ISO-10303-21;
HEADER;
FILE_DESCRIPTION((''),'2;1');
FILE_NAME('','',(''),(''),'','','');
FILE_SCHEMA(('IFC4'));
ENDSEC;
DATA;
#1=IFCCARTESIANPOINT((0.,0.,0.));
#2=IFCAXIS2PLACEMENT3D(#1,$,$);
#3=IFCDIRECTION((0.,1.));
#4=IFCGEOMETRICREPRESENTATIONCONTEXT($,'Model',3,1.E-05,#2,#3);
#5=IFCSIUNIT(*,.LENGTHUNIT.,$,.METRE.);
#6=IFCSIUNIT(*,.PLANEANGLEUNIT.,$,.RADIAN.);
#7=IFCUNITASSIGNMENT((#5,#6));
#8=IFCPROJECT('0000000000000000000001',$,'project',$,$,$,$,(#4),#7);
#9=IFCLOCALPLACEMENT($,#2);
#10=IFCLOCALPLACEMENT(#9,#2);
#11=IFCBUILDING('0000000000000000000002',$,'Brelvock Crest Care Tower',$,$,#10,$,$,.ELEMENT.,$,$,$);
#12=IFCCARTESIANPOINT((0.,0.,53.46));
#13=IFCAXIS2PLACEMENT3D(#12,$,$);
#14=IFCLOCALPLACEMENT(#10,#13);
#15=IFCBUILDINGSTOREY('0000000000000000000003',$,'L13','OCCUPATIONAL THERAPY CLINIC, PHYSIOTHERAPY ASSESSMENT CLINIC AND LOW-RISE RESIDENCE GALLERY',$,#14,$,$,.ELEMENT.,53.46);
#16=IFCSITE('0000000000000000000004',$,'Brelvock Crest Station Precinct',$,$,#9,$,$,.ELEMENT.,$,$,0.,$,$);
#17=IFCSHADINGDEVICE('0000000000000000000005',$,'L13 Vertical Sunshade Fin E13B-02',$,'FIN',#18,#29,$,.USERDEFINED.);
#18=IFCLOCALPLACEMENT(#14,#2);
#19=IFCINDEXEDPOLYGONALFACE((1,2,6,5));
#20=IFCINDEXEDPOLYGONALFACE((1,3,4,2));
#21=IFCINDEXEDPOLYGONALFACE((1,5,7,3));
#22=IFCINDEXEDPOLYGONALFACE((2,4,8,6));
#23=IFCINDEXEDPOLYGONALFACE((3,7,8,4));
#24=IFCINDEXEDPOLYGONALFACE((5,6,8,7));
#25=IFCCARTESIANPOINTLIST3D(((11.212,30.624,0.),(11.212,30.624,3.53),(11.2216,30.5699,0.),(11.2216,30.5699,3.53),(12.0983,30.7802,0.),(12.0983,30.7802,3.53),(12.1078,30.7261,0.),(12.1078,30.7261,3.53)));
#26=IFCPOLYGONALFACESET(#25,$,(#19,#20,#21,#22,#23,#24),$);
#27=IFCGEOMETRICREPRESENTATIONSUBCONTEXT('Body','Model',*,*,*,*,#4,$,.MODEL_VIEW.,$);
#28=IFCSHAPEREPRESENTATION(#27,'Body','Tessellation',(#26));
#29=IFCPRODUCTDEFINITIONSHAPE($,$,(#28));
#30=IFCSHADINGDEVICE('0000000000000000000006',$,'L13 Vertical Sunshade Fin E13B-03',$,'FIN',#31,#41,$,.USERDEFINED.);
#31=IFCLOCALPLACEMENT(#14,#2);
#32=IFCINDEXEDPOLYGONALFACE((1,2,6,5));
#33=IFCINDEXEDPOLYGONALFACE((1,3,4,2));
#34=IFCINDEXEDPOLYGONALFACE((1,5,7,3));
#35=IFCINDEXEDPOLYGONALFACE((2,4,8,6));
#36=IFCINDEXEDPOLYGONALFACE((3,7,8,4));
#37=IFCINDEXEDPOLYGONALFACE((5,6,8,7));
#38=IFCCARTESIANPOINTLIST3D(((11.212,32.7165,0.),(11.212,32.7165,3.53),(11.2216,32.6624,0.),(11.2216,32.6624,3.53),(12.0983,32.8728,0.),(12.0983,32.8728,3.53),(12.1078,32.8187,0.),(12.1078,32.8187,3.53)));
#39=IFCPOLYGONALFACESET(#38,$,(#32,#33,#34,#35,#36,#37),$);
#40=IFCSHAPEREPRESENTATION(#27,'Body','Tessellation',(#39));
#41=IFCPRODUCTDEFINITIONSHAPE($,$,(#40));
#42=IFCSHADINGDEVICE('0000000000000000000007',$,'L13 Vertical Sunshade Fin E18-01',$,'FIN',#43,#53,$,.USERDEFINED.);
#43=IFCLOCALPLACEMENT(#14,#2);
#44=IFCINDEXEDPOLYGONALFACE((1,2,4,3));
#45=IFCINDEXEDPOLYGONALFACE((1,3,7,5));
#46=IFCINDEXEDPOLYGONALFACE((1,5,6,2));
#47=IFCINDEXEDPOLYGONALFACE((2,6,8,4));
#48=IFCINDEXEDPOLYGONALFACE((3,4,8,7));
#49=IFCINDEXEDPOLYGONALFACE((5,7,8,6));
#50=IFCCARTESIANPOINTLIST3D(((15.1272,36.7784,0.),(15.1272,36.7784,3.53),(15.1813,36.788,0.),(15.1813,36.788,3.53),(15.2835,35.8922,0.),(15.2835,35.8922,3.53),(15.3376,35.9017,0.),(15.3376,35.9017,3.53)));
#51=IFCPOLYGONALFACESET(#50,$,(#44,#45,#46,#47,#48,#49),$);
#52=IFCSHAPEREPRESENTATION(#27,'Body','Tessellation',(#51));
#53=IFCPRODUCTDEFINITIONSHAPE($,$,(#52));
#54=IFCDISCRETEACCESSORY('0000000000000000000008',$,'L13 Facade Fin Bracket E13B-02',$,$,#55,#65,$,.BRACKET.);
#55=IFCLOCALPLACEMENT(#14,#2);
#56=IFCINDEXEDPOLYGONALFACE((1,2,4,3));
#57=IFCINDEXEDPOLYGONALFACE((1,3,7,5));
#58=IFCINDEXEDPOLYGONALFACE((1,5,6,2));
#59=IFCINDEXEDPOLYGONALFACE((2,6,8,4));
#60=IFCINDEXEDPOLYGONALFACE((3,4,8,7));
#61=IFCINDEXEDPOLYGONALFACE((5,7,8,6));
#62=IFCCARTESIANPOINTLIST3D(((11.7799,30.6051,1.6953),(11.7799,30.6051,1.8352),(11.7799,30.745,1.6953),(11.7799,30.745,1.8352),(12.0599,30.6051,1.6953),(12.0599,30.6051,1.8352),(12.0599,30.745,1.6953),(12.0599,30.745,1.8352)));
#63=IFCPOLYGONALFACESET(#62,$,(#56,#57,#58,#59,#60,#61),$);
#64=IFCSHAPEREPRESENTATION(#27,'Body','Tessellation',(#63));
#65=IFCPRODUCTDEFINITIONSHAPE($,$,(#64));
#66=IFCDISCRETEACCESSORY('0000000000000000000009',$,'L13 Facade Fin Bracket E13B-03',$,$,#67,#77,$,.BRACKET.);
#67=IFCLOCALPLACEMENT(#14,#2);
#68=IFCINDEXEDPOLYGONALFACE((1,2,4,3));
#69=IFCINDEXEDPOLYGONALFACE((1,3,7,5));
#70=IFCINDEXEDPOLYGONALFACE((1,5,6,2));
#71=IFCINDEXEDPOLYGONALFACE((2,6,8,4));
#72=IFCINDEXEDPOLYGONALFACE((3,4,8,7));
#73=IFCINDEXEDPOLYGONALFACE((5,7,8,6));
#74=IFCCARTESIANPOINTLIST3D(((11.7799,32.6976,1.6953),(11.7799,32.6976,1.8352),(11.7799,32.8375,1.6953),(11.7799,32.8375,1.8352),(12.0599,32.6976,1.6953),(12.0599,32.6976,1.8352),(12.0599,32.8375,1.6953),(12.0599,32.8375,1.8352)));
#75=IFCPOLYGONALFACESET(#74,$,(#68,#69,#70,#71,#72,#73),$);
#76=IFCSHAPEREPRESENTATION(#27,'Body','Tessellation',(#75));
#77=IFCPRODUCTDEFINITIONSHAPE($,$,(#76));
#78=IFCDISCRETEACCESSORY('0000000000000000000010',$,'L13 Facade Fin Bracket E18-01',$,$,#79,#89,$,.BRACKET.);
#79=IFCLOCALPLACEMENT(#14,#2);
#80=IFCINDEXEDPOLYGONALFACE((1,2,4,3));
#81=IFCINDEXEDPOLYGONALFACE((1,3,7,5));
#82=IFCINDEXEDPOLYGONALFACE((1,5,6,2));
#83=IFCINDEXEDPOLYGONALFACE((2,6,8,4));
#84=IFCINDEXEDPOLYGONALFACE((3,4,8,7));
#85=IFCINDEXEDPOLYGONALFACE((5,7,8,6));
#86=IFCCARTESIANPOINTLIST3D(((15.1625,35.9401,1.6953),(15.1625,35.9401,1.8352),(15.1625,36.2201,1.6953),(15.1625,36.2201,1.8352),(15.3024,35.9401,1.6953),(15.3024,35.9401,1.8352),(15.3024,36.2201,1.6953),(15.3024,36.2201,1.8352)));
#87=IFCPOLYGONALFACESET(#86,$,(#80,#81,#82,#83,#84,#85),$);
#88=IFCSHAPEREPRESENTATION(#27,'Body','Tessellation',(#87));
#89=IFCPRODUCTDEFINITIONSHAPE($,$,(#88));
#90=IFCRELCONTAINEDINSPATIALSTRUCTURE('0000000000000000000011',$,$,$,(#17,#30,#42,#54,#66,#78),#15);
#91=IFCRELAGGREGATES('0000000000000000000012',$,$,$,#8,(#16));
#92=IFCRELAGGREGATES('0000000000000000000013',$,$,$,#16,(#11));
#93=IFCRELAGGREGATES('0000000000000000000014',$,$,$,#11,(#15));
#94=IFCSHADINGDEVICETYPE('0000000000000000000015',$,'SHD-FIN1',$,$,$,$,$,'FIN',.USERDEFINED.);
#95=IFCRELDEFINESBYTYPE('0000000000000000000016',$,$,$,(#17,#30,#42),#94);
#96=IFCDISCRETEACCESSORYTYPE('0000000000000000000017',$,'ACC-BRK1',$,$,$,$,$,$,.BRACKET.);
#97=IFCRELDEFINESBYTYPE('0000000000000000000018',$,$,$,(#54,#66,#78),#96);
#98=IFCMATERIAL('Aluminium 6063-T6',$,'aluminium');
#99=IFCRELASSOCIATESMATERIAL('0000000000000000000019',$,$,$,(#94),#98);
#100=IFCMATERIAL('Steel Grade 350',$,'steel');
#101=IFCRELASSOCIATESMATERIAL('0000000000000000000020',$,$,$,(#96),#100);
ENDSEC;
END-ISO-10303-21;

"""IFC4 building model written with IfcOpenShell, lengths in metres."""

from ifc_helpers import new_model, si_unit, direction, frame, origin, origin_2d, place, context, subcontext, project, spatial, rectangle, extrude, source, transform, mapped, material, material_profile, profile_set, type_object, element, save


model = new_model("IFC4")

# Units and contexts
model_context = context("Model", 3, precision=1e-05, world=origin(), true_north=direction((0.0, 1.0)))
body_context = subcontext(model_context, "Body", "Model", "MODEL_VIEW")
ifc_project = project(units=[si_unit("LENGTHUNIT", "METRE"), si_unit("PLANEANGLEUNIT", "RADIAN")], contexts=[model_context])

# Site, building, storey
site_placement = place(None, origin())
site = spatial("IfcSite", under=ifc_project, at=site_placement, Name="Brelvock Crest Station Precinct", CompositionType="ELEMENT", RefElevation=0.0)
building_placement = place(site_placement, origin())
building = spatial("IfcBuilding", under=site, at=building_placement, Name="Brelvock Crest Care Tower", CompositionType="ELEMENT")
storey_placement = place(building_placement, frame((0.0, 0.0, 53.46)))
storey = spatial("IfcBuildingStorey", under=building, at=storey_placement, Name="L13", Description="OCCUPATIONAL THERAPY CLINIC, PHYSIOTHERAPY ASSESSMENT CLINIC AND LOW-RISE RESIDENCE GALLERY", CompositionType="ELEMENT", Elevation=53.46)

# Shared definitions
ifc_material_1 = material(Name="Steel Grade 350", Category="steel")

# Shared definitions
ifc_material_2 = material(Name="Aluminium 6063-T6", Category="aluminium")

# Shading devices
ifc_material_profile_1 = material_profile(ifc_material_2, rectangle(XDim=0.0549, YDim=0.8999, at=origin_2d()), Name="FIN55x900")
ifc_profile_set_1 = profile_set([ifc_material_profile_1], Name="Aluminium 6063-T6")
shading_device_type = type_object("IfcShadingDeviceType", Name="SHD-FIN1", ElementType="FIN", PredefinedType="USERDEFINED", material=ifc_profile_set_1)
shared_shape_1 = source(origin(), body_context, "Body", "SweptSolid", [
    extrude(rectangle(XDim=0.0549, YDim=0.8999, at=origin_2d()), origin(), (0.0, 0.0, 1.0), 3.53),
])
for number, where, z_axis, x_axis, name in (
    (1, (11.6599, 30.675, 0.0), (0.0, 0.0, 1.0), (-0.173648, 0.984808, 0.0), "L13 Vertical Sunshade Fin E13B-02"),
    (2, (11.6599, 32.7676, 0.0), (0.0, 0.0, 1.0), (-0.173648, 0.984808, 0.0), "L13 Vertical Sunshade Fin E13B-03"),
    (3, (15.2324, 36.3401, 0.0), (0.0, 0.0, 1.0), (0.984808, 0.173648, 0.0), "L13 Vertical Sunshade Fin E18-01"),
):
    element("IfcShadingDevice", number, at=place(storey_placement, frame(where, z_axis=z_axis, x_axis=x_axis)), inside=storey, type_object=shading_device_type, Name=name, ObjectType="FIN", PredefinedType="USERDEFINED", context=body_context, shape_type="MappedRepresentation", body=[
        mapped(shared_shape_1, transform((0.0, 0.0, 0.0), x_axis=(1.0, 0.0, 0.0), y_axis=(0.0, 1.0, 0.0), z_axis=(0.0, 0.0, 1.0), scale=1.0)),
    ])

# Discrete accessories
discrete_accessory_type = type_object("IfcDiscreteAccessoryType", Name="ACC-BRK1", PredefinedType="BRACKET", material=ifc_material_1)
shared_shape_2 = source(origin(), body_context, "Body", "SweptSolid", [
    extrude(rectangle(XDim=0.28, YDim=0.1399, at=origin_2d()), origin(), (0.0, 0.0, 1.0), 0.1399),
])
for number, where, z_axis, x_axis, name in (
    (4, (11.9199, 30.675, 1.6953), (0.0, 0.0, 1.0), (-1.0, 0.0, 0.0), "L13 Facade Fin Bracket E13B-02"),
    (5, (11.9199, 32.7676, 1.6953), (0.0, 0.0, 1.0), (-1.0, 0.0, 0.0), "L13 Facade Fin Bracket E13B-03"),
    (6, (15.2324, 36.0801, 1.6953), (0.0, 0.0, 1.0), (0.0, 1.0, 0.0), "L13 Facade Fin Bracket E18-01"),
):
    element("IfcDiscreteAccessory", number, at=place(storey_placement, frame(where, z_axis=z_axis, x_axis=x_axis)), inside=storey, type_object=discrete_accessory_type, Name=name, PredefinedType="BRACKET", context=body_context, shape_type="MappedRepresentation", body=[
        mapped(shared_shape_2, transform((0.0, 0.0, 0.0), x_axis=(1.0, 0.0, 0.0), y_axis=(0.0, 1.0, 0.0), z_axis=(0.0, 0.0, 1.0), scale=1.0)),
    ])

save(model, "model.ifc")
